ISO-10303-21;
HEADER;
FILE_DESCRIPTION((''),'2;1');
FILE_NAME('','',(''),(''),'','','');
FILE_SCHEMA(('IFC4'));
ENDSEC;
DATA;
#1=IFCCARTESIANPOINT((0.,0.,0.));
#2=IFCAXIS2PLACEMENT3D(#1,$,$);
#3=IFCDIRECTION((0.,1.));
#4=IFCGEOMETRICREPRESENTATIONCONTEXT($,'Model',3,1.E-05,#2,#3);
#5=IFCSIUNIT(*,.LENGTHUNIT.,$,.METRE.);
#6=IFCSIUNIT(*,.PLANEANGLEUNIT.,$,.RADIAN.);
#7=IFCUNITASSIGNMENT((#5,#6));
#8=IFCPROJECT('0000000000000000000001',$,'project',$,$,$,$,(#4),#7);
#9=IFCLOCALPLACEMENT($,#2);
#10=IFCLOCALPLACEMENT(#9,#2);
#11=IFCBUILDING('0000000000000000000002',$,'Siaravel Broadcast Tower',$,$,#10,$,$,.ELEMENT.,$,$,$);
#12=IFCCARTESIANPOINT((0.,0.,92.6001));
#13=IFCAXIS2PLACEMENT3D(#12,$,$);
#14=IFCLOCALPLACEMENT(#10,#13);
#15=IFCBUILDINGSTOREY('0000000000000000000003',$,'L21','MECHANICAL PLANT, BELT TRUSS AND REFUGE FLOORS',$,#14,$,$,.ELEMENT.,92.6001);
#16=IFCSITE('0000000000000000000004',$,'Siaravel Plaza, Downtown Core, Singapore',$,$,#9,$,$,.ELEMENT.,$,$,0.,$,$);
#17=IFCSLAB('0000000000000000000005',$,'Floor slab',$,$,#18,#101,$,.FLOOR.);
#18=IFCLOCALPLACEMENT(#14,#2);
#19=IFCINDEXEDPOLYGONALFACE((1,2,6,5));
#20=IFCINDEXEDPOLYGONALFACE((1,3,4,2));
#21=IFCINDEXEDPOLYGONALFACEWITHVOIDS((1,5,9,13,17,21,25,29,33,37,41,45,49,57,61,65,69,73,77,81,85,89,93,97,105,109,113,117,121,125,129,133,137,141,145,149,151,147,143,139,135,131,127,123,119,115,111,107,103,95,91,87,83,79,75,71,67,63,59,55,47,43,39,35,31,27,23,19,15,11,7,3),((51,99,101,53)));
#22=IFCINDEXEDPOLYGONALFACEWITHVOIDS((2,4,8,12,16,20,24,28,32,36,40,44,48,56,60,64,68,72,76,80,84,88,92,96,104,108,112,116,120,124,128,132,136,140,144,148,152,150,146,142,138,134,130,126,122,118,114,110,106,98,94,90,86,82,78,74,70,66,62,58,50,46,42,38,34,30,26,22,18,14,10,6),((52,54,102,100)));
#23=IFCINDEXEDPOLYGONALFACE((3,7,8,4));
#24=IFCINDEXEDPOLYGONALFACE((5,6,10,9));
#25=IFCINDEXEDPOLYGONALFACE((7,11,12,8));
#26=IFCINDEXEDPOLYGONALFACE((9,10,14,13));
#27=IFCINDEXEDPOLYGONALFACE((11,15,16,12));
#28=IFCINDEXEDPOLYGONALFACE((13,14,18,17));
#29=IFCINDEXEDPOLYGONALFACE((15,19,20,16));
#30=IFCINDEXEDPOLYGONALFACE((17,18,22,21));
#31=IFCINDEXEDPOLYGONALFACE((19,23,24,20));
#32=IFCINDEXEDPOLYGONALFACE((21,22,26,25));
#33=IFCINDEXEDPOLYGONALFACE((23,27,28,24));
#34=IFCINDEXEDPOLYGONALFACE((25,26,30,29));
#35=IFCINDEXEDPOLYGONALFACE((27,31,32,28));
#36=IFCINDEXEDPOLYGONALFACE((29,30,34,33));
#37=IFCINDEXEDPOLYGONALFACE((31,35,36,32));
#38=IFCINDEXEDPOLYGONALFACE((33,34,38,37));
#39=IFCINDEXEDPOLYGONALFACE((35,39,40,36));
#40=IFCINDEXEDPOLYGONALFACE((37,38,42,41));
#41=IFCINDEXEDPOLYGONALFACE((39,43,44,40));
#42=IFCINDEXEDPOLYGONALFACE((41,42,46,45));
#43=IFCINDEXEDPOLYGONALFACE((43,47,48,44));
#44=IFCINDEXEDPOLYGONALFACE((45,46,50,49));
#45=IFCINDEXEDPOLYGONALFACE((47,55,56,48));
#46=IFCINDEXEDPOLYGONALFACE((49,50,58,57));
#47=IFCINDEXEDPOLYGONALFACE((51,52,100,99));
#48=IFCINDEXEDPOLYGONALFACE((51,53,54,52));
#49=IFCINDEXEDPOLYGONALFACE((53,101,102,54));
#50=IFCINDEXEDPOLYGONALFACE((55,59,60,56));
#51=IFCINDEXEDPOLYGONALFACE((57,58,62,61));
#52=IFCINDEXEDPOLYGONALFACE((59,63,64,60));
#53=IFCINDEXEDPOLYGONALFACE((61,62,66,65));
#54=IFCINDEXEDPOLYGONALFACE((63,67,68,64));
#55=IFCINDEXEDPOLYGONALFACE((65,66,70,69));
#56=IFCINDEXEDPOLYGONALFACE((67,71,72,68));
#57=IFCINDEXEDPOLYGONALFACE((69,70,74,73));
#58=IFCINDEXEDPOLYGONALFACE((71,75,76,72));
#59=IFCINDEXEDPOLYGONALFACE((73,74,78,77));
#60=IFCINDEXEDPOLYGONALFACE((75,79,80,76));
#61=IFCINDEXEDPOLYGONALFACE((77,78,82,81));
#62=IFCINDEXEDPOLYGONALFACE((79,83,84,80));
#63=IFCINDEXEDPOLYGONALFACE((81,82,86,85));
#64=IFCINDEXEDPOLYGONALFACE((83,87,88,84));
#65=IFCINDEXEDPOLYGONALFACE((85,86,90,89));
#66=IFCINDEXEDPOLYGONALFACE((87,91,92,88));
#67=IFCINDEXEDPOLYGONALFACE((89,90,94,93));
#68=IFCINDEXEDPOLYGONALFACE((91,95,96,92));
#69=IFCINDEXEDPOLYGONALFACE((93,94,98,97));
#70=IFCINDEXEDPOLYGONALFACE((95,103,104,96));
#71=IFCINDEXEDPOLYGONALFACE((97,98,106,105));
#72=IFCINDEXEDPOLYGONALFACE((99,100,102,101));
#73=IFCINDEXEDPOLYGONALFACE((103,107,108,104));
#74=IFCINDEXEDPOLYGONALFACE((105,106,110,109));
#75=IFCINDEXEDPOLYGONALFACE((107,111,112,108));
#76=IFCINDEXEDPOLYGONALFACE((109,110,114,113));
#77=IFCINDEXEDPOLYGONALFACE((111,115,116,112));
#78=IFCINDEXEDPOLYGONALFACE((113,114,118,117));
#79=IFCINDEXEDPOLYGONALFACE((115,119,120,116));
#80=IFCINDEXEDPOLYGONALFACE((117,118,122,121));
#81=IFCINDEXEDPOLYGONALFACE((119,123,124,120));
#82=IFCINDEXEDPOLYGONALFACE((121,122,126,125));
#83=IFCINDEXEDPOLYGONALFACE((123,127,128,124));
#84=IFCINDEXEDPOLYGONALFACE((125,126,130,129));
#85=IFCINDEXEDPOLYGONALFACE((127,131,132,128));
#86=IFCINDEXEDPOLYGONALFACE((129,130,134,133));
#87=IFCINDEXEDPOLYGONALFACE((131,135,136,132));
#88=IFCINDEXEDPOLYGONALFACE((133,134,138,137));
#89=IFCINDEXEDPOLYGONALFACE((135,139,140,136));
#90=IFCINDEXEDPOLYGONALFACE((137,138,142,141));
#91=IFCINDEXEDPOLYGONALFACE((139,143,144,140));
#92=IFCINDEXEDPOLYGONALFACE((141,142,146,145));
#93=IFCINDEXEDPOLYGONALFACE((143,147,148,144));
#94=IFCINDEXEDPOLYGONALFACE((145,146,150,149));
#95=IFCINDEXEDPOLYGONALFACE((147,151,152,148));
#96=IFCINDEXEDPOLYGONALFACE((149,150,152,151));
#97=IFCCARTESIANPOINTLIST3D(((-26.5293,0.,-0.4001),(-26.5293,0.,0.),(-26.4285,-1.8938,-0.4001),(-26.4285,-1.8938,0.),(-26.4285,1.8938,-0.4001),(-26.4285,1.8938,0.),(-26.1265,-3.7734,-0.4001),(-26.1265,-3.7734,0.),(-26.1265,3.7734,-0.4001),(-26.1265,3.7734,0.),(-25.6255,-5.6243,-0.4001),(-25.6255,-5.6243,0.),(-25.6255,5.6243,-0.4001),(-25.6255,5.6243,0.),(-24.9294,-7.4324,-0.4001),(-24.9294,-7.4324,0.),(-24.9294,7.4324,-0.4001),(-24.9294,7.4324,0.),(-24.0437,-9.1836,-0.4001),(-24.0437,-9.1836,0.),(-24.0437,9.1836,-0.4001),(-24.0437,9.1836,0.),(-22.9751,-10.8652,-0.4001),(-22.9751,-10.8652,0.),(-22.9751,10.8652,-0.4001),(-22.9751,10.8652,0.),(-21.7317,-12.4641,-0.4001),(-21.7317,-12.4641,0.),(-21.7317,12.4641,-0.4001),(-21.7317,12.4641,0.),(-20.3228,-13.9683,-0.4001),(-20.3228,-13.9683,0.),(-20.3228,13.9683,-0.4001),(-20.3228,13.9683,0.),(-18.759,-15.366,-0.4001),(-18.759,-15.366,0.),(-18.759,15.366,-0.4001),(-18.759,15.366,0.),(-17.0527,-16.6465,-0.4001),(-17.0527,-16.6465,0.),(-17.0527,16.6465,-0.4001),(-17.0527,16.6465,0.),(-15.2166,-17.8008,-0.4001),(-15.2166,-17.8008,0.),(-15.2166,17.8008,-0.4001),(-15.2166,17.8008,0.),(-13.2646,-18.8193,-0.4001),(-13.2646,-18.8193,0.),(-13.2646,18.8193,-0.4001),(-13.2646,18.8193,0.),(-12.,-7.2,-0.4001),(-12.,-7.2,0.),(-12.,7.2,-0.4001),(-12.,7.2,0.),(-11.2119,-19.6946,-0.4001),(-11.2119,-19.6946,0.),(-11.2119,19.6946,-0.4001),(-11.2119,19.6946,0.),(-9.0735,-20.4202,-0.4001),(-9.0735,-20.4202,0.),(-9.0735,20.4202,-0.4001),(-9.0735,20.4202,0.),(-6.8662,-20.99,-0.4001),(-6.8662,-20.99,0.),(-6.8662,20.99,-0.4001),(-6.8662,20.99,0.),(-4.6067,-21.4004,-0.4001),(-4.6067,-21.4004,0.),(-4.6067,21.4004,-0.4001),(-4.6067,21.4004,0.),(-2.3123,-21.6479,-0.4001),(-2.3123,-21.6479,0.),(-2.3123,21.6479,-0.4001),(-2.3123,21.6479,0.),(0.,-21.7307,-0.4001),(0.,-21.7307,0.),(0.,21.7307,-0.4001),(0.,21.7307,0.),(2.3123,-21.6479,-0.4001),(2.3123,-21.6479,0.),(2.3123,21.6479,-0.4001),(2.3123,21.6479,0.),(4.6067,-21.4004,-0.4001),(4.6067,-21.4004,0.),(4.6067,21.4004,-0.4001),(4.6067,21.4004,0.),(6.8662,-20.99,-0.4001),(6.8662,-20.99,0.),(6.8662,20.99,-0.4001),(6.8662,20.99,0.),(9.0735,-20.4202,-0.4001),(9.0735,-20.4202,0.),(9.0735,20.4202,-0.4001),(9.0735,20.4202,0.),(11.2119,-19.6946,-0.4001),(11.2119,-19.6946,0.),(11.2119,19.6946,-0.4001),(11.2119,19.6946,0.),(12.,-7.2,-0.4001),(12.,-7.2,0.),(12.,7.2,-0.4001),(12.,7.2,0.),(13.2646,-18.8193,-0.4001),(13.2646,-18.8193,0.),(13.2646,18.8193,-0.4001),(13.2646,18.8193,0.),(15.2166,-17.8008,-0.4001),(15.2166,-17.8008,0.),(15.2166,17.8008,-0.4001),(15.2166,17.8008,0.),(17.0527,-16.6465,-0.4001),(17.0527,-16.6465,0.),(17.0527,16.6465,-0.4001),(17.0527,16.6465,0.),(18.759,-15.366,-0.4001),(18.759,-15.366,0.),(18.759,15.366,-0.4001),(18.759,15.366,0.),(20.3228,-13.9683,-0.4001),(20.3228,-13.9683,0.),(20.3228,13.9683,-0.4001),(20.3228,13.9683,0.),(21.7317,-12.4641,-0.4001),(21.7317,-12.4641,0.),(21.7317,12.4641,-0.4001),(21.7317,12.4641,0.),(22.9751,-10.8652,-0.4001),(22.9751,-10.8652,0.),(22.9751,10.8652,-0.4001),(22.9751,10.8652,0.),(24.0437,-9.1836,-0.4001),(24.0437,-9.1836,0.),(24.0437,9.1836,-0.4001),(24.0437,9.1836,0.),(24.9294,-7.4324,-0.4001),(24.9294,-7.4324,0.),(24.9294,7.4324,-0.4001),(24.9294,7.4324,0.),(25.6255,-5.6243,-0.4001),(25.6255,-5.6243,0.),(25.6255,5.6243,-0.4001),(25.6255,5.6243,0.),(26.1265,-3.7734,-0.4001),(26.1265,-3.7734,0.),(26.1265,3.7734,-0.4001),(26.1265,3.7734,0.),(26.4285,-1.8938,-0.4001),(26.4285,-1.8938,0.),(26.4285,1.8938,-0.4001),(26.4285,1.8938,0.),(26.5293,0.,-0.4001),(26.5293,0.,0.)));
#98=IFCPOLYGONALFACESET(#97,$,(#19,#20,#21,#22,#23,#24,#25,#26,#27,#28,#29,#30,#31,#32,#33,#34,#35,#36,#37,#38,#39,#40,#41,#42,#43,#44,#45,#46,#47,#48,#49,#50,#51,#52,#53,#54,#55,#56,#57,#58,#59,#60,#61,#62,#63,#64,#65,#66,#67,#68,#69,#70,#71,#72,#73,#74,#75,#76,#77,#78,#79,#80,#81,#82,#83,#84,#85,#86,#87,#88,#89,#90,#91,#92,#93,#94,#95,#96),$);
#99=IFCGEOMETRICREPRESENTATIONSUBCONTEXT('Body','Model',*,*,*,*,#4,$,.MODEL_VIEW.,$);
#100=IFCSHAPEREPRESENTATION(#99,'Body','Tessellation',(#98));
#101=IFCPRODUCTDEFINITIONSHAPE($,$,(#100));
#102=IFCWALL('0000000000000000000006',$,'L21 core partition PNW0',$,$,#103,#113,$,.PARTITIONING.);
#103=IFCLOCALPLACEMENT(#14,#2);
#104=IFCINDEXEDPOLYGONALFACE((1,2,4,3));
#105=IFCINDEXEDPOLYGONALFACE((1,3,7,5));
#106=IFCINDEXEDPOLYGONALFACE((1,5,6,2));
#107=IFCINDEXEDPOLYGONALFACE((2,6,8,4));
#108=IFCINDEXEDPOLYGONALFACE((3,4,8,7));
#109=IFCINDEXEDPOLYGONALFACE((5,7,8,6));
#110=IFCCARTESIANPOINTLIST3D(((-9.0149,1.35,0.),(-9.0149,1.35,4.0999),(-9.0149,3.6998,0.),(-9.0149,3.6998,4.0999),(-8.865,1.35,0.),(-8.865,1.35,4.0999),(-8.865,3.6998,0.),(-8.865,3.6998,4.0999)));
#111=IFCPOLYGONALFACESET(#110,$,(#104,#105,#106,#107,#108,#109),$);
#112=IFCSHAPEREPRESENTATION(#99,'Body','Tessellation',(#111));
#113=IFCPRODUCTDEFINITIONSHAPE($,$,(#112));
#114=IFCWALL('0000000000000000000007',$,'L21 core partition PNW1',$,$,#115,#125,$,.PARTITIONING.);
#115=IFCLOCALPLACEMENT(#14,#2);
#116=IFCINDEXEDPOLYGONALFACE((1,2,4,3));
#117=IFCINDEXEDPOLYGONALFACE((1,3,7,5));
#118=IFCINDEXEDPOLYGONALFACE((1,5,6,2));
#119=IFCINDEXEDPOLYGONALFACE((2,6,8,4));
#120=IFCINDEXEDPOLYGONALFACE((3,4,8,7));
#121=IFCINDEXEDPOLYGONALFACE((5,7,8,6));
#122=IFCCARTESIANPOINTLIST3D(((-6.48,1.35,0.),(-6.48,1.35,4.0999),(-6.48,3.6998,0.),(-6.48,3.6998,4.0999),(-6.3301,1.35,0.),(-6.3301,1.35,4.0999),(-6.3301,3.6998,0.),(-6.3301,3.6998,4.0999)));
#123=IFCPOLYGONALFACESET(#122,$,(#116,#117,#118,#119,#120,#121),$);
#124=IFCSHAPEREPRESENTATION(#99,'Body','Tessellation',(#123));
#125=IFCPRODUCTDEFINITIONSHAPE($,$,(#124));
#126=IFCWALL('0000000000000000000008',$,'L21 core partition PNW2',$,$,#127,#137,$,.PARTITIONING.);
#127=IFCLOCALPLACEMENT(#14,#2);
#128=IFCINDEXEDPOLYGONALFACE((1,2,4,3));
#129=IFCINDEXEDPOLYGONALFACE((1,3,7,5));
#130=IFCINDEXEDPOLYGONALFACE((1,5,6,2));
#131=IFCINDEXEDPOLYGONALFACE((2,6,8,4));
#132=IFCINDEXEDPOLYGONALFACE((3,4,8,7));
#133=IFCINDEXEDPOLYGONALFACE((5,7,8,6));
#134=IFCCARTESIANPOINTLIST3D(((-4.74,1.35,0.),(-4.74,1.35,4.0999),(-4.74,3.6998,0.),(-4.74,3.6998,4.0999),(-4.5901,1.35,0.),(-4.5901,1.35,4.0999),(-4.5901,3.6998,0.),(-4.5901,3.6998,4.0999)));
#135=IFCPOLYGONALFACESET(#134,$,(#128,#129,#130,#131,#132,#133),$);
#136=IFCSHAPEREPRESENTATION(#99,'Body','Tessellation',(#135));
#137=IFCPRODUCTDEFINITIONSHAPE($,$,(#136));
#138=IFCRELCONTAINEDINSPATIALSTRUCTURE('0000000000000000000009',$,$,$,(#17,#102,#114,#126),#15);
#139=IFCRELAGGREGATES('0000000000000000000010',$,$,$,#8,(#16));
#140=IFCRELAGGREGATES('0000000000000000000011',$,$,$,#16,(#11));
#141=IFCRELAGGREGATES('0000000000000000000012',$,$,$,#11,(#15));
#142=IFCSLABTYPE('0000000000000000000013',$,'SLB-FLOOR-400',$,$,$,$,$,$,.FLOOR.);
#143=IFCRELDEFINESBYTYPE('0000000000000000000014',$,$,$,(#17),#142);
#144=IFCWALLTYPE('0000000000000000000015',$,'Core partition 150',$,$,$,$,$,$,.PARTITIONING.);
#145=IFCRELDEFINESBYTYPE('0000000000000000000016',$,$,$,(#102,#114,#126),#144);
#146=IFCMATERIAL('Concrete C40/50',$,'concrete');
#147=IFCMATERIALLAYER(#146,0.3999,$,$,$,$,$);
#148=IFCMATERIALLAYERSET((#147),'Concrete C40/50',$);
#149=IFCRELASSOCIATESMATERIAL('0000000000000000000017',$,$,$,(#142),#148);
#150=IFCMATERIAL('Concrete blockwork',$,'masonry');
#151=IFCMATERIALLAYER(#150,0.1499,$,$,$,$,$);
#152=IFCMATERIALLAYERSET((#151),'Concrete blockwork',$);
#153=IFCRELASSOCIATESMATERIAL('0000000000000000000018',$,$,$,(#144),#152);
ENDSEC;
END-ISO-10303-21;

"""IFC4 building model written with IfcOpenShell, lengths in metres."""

from ifc_helpers import new_model, si_unit, direction, frame, frame_2d, origin, place, context, subcontext, project, spatial, polyline, rectangle, outline, extrude, material, layer, layer_set, type_object, element, save


model = new_model("IFC4")

# Units and contexts
model_context = context("Model", 3, precision=1e-05, world=origin(), true_north=direction((0.0, 1.0)))
body_context = subcontext(model_context, "Body", "Model", "MODEL_VIEW")
ifc_project = project(units=[si_unit("LENGTHUNIT", "METRE"), si_unit("PLANEANGLEUNIT", "RADIAN")], contexts=[model_context])

# Site, building, storey
site_placement = place(None, origin())
site = spatial("IfcSite", under=ifc_project, at=site_placement, Name="Siaravel Plaza, Downtown Core, Singapore", CompositionType="ELEMENT", RefElevation=0.0)
building_placement = place(site_placement, origin())
building = spatial("IfcBuilding", under=site, at=building_placement, Name="Siaravel Broadcast Tower", CompositionType="ELEMENT")
storey_placement = place(building_placement, frame((0.0, 0.0, 92.6001)))
storey = spatial("IfcBuildingStorey", under=building, at=storey_placement, Name="L21", Description="MECHANICAL PLANT, BELT TRUSS AND REFUGE FLOORS", CompositionType="ELEMENT", Elevation=92.6001)

# Slab
ifc_material_1 = material(Name="Concrete C40/50", Category="concrete")
ifc_layer_1 = layer(ifc_material_1, 0.3999)
ifc_layer_set_1 = layer_set([ifc_layer_1], Name="Concrete C40/50")
slab_type = type_object("IfcSlabType", Name="SLB-FLOOR-400", PredefinedType="FLOOR", material=ifc_layer_set_1)
slab_placement = place(storey_placement, frame((0.0, 0.0, -0.4001)))
element("IfcSlab", 1, at=slab_placement, inside=storey, type_object=slab_type, Name="Floor slab", PredefinedType="FLOOR", context=body_context, shape_type="SweptSolid", body=[
    extrude(outline(polyline([(26.5293, 0.0), (26.4285, 1.8938), (26.1265, 3.7734), (25.6255, 5.6243), (24.9294, 7.4324), (24.0437, 9.1836), (22.9751, 10.8652), (21.7317, 12.4641), (20.3228, 13.9683), (18.759, 15.366), (17.0527, 16.6465), (15.2166, 17.8008), (13.2646, 18.8193), (11.2119, 19.6946), (9.0735, 20.4202), (6.8662, 20.99), (4.6067, 21.4004), (2.3123, 21.6479), (0.0, 21.7307), (-2.3123, 21.6479), (-4.6067, 21.4004), (-6.8662, 20.99), (-9.0735, 20.4202), (-11.2119, 19.6946), (-13.2646, 18.8193), (-15.2166, 17.8008), (-17.0527, 16.6465), (-18.759, 15.366), (-20.3228, 13.9683), (-21.7317, 12.4641), (-22.9751, 10.8652), (-24.0437, 9.1836), (-24.9294, 7.4324), (-25.6255, 5.6243), (-26.1265, 3.7734), (-26.4285, 1.8938), (-26.5293, 0.0), (-26.4285, -1.8938), (-26.1265, -3.7734), (-25.6255, -5.6243), (-24.9294, -7.4324), (-24.0437, -9.1836), (-22.9751, -10.8652), (-21.7317, -12.4641), (-20.3228, -13.9683), (-18.759, -15.366), (-17.0527, -16.6465), (-15.2166, -17.8008), (-13.2646, -18.8193), (-11.2119, -19.6946), (-9.0735, -20.4202), (-6.8662, -20.99), (-4.6067, -21.4004), (-2.3123, -21.6479), (0.0, -21.7307), (2.3123, -21.6479), (4.6067, -21.4004), (6.8662, -20.99), (9.0735, -20.4202), (11.2119, -19.6946), (13.2646, -18.8193), (15.2166, -17.8008), (17.0527, -16.6465), (18.759, -15.366), (20.3228, -13.9683), (21.7317, -12.4641), (22.9751, -10.8652), (24.0437, -9.1836), (24.9294, -7.4324), (25.6255, -5.6243), (26.1265, -3.7734), (26.4285, -1.8938), (26.5293, 0.0)]), holes=[polyline([(-12.0, 7.2), (12.0, 7.2), (12.0, -7.2), (-12.0, -7.2), (-12.0, 7.2)])]), origin(), (0.0, 0.0, 1.0), 0.4001),
])

# Walls
ifc_material_2 = material(Name="Concrete blockwork", Category="masonry")
ifc_layer_2 = layer(ifc_material_2, 0.1499)
ifc_layer_set_2 = layer_set([ifc_layer_2], Name="Concrete blockwork")
wall_type_1 = type_object("IfcWallType", Name="Core partition 150", PredefinedType="PARTITIONING", material=ifc_layer_set_2)
for number, where, z_axis, x_axis, name in (
    (2, (-8.9399, 1.3501, 0.0), (0.0, 0.0, 1.0), (0.0, 1.0, 0.0), "L21 core partition PNW0"),
    (3, (-6.405, 1.3501, 0.0), (0.0, 0.0, 1.0), (0.0, 1.0, 0.0), "L21 core partition PNW1"),
    (4, (-4.665, 1.3501, 0.0), (0.0, 0.0, 1.0), (0.0, 1.0, 0.0), "L21 core partition PNW2"),
):
    element("IfcWall", number, at=place(storey_placement, frame(where, z_axis=z_axis, x_axis=x_axis)), inside=storey, type_object=wall_type_1, Name=name, PredefinedType="PARTITIONING", context=body_context, shape_type="SweptSolid", body=[
        extrude(rectangle(XDim=2.3499, YDim=0.1499, at=frame_2d((1.1748, 0.0))), origin(), (0.0, 0.0, 1.0), 4.0999),
    ])

save(model, "model.ifc")
